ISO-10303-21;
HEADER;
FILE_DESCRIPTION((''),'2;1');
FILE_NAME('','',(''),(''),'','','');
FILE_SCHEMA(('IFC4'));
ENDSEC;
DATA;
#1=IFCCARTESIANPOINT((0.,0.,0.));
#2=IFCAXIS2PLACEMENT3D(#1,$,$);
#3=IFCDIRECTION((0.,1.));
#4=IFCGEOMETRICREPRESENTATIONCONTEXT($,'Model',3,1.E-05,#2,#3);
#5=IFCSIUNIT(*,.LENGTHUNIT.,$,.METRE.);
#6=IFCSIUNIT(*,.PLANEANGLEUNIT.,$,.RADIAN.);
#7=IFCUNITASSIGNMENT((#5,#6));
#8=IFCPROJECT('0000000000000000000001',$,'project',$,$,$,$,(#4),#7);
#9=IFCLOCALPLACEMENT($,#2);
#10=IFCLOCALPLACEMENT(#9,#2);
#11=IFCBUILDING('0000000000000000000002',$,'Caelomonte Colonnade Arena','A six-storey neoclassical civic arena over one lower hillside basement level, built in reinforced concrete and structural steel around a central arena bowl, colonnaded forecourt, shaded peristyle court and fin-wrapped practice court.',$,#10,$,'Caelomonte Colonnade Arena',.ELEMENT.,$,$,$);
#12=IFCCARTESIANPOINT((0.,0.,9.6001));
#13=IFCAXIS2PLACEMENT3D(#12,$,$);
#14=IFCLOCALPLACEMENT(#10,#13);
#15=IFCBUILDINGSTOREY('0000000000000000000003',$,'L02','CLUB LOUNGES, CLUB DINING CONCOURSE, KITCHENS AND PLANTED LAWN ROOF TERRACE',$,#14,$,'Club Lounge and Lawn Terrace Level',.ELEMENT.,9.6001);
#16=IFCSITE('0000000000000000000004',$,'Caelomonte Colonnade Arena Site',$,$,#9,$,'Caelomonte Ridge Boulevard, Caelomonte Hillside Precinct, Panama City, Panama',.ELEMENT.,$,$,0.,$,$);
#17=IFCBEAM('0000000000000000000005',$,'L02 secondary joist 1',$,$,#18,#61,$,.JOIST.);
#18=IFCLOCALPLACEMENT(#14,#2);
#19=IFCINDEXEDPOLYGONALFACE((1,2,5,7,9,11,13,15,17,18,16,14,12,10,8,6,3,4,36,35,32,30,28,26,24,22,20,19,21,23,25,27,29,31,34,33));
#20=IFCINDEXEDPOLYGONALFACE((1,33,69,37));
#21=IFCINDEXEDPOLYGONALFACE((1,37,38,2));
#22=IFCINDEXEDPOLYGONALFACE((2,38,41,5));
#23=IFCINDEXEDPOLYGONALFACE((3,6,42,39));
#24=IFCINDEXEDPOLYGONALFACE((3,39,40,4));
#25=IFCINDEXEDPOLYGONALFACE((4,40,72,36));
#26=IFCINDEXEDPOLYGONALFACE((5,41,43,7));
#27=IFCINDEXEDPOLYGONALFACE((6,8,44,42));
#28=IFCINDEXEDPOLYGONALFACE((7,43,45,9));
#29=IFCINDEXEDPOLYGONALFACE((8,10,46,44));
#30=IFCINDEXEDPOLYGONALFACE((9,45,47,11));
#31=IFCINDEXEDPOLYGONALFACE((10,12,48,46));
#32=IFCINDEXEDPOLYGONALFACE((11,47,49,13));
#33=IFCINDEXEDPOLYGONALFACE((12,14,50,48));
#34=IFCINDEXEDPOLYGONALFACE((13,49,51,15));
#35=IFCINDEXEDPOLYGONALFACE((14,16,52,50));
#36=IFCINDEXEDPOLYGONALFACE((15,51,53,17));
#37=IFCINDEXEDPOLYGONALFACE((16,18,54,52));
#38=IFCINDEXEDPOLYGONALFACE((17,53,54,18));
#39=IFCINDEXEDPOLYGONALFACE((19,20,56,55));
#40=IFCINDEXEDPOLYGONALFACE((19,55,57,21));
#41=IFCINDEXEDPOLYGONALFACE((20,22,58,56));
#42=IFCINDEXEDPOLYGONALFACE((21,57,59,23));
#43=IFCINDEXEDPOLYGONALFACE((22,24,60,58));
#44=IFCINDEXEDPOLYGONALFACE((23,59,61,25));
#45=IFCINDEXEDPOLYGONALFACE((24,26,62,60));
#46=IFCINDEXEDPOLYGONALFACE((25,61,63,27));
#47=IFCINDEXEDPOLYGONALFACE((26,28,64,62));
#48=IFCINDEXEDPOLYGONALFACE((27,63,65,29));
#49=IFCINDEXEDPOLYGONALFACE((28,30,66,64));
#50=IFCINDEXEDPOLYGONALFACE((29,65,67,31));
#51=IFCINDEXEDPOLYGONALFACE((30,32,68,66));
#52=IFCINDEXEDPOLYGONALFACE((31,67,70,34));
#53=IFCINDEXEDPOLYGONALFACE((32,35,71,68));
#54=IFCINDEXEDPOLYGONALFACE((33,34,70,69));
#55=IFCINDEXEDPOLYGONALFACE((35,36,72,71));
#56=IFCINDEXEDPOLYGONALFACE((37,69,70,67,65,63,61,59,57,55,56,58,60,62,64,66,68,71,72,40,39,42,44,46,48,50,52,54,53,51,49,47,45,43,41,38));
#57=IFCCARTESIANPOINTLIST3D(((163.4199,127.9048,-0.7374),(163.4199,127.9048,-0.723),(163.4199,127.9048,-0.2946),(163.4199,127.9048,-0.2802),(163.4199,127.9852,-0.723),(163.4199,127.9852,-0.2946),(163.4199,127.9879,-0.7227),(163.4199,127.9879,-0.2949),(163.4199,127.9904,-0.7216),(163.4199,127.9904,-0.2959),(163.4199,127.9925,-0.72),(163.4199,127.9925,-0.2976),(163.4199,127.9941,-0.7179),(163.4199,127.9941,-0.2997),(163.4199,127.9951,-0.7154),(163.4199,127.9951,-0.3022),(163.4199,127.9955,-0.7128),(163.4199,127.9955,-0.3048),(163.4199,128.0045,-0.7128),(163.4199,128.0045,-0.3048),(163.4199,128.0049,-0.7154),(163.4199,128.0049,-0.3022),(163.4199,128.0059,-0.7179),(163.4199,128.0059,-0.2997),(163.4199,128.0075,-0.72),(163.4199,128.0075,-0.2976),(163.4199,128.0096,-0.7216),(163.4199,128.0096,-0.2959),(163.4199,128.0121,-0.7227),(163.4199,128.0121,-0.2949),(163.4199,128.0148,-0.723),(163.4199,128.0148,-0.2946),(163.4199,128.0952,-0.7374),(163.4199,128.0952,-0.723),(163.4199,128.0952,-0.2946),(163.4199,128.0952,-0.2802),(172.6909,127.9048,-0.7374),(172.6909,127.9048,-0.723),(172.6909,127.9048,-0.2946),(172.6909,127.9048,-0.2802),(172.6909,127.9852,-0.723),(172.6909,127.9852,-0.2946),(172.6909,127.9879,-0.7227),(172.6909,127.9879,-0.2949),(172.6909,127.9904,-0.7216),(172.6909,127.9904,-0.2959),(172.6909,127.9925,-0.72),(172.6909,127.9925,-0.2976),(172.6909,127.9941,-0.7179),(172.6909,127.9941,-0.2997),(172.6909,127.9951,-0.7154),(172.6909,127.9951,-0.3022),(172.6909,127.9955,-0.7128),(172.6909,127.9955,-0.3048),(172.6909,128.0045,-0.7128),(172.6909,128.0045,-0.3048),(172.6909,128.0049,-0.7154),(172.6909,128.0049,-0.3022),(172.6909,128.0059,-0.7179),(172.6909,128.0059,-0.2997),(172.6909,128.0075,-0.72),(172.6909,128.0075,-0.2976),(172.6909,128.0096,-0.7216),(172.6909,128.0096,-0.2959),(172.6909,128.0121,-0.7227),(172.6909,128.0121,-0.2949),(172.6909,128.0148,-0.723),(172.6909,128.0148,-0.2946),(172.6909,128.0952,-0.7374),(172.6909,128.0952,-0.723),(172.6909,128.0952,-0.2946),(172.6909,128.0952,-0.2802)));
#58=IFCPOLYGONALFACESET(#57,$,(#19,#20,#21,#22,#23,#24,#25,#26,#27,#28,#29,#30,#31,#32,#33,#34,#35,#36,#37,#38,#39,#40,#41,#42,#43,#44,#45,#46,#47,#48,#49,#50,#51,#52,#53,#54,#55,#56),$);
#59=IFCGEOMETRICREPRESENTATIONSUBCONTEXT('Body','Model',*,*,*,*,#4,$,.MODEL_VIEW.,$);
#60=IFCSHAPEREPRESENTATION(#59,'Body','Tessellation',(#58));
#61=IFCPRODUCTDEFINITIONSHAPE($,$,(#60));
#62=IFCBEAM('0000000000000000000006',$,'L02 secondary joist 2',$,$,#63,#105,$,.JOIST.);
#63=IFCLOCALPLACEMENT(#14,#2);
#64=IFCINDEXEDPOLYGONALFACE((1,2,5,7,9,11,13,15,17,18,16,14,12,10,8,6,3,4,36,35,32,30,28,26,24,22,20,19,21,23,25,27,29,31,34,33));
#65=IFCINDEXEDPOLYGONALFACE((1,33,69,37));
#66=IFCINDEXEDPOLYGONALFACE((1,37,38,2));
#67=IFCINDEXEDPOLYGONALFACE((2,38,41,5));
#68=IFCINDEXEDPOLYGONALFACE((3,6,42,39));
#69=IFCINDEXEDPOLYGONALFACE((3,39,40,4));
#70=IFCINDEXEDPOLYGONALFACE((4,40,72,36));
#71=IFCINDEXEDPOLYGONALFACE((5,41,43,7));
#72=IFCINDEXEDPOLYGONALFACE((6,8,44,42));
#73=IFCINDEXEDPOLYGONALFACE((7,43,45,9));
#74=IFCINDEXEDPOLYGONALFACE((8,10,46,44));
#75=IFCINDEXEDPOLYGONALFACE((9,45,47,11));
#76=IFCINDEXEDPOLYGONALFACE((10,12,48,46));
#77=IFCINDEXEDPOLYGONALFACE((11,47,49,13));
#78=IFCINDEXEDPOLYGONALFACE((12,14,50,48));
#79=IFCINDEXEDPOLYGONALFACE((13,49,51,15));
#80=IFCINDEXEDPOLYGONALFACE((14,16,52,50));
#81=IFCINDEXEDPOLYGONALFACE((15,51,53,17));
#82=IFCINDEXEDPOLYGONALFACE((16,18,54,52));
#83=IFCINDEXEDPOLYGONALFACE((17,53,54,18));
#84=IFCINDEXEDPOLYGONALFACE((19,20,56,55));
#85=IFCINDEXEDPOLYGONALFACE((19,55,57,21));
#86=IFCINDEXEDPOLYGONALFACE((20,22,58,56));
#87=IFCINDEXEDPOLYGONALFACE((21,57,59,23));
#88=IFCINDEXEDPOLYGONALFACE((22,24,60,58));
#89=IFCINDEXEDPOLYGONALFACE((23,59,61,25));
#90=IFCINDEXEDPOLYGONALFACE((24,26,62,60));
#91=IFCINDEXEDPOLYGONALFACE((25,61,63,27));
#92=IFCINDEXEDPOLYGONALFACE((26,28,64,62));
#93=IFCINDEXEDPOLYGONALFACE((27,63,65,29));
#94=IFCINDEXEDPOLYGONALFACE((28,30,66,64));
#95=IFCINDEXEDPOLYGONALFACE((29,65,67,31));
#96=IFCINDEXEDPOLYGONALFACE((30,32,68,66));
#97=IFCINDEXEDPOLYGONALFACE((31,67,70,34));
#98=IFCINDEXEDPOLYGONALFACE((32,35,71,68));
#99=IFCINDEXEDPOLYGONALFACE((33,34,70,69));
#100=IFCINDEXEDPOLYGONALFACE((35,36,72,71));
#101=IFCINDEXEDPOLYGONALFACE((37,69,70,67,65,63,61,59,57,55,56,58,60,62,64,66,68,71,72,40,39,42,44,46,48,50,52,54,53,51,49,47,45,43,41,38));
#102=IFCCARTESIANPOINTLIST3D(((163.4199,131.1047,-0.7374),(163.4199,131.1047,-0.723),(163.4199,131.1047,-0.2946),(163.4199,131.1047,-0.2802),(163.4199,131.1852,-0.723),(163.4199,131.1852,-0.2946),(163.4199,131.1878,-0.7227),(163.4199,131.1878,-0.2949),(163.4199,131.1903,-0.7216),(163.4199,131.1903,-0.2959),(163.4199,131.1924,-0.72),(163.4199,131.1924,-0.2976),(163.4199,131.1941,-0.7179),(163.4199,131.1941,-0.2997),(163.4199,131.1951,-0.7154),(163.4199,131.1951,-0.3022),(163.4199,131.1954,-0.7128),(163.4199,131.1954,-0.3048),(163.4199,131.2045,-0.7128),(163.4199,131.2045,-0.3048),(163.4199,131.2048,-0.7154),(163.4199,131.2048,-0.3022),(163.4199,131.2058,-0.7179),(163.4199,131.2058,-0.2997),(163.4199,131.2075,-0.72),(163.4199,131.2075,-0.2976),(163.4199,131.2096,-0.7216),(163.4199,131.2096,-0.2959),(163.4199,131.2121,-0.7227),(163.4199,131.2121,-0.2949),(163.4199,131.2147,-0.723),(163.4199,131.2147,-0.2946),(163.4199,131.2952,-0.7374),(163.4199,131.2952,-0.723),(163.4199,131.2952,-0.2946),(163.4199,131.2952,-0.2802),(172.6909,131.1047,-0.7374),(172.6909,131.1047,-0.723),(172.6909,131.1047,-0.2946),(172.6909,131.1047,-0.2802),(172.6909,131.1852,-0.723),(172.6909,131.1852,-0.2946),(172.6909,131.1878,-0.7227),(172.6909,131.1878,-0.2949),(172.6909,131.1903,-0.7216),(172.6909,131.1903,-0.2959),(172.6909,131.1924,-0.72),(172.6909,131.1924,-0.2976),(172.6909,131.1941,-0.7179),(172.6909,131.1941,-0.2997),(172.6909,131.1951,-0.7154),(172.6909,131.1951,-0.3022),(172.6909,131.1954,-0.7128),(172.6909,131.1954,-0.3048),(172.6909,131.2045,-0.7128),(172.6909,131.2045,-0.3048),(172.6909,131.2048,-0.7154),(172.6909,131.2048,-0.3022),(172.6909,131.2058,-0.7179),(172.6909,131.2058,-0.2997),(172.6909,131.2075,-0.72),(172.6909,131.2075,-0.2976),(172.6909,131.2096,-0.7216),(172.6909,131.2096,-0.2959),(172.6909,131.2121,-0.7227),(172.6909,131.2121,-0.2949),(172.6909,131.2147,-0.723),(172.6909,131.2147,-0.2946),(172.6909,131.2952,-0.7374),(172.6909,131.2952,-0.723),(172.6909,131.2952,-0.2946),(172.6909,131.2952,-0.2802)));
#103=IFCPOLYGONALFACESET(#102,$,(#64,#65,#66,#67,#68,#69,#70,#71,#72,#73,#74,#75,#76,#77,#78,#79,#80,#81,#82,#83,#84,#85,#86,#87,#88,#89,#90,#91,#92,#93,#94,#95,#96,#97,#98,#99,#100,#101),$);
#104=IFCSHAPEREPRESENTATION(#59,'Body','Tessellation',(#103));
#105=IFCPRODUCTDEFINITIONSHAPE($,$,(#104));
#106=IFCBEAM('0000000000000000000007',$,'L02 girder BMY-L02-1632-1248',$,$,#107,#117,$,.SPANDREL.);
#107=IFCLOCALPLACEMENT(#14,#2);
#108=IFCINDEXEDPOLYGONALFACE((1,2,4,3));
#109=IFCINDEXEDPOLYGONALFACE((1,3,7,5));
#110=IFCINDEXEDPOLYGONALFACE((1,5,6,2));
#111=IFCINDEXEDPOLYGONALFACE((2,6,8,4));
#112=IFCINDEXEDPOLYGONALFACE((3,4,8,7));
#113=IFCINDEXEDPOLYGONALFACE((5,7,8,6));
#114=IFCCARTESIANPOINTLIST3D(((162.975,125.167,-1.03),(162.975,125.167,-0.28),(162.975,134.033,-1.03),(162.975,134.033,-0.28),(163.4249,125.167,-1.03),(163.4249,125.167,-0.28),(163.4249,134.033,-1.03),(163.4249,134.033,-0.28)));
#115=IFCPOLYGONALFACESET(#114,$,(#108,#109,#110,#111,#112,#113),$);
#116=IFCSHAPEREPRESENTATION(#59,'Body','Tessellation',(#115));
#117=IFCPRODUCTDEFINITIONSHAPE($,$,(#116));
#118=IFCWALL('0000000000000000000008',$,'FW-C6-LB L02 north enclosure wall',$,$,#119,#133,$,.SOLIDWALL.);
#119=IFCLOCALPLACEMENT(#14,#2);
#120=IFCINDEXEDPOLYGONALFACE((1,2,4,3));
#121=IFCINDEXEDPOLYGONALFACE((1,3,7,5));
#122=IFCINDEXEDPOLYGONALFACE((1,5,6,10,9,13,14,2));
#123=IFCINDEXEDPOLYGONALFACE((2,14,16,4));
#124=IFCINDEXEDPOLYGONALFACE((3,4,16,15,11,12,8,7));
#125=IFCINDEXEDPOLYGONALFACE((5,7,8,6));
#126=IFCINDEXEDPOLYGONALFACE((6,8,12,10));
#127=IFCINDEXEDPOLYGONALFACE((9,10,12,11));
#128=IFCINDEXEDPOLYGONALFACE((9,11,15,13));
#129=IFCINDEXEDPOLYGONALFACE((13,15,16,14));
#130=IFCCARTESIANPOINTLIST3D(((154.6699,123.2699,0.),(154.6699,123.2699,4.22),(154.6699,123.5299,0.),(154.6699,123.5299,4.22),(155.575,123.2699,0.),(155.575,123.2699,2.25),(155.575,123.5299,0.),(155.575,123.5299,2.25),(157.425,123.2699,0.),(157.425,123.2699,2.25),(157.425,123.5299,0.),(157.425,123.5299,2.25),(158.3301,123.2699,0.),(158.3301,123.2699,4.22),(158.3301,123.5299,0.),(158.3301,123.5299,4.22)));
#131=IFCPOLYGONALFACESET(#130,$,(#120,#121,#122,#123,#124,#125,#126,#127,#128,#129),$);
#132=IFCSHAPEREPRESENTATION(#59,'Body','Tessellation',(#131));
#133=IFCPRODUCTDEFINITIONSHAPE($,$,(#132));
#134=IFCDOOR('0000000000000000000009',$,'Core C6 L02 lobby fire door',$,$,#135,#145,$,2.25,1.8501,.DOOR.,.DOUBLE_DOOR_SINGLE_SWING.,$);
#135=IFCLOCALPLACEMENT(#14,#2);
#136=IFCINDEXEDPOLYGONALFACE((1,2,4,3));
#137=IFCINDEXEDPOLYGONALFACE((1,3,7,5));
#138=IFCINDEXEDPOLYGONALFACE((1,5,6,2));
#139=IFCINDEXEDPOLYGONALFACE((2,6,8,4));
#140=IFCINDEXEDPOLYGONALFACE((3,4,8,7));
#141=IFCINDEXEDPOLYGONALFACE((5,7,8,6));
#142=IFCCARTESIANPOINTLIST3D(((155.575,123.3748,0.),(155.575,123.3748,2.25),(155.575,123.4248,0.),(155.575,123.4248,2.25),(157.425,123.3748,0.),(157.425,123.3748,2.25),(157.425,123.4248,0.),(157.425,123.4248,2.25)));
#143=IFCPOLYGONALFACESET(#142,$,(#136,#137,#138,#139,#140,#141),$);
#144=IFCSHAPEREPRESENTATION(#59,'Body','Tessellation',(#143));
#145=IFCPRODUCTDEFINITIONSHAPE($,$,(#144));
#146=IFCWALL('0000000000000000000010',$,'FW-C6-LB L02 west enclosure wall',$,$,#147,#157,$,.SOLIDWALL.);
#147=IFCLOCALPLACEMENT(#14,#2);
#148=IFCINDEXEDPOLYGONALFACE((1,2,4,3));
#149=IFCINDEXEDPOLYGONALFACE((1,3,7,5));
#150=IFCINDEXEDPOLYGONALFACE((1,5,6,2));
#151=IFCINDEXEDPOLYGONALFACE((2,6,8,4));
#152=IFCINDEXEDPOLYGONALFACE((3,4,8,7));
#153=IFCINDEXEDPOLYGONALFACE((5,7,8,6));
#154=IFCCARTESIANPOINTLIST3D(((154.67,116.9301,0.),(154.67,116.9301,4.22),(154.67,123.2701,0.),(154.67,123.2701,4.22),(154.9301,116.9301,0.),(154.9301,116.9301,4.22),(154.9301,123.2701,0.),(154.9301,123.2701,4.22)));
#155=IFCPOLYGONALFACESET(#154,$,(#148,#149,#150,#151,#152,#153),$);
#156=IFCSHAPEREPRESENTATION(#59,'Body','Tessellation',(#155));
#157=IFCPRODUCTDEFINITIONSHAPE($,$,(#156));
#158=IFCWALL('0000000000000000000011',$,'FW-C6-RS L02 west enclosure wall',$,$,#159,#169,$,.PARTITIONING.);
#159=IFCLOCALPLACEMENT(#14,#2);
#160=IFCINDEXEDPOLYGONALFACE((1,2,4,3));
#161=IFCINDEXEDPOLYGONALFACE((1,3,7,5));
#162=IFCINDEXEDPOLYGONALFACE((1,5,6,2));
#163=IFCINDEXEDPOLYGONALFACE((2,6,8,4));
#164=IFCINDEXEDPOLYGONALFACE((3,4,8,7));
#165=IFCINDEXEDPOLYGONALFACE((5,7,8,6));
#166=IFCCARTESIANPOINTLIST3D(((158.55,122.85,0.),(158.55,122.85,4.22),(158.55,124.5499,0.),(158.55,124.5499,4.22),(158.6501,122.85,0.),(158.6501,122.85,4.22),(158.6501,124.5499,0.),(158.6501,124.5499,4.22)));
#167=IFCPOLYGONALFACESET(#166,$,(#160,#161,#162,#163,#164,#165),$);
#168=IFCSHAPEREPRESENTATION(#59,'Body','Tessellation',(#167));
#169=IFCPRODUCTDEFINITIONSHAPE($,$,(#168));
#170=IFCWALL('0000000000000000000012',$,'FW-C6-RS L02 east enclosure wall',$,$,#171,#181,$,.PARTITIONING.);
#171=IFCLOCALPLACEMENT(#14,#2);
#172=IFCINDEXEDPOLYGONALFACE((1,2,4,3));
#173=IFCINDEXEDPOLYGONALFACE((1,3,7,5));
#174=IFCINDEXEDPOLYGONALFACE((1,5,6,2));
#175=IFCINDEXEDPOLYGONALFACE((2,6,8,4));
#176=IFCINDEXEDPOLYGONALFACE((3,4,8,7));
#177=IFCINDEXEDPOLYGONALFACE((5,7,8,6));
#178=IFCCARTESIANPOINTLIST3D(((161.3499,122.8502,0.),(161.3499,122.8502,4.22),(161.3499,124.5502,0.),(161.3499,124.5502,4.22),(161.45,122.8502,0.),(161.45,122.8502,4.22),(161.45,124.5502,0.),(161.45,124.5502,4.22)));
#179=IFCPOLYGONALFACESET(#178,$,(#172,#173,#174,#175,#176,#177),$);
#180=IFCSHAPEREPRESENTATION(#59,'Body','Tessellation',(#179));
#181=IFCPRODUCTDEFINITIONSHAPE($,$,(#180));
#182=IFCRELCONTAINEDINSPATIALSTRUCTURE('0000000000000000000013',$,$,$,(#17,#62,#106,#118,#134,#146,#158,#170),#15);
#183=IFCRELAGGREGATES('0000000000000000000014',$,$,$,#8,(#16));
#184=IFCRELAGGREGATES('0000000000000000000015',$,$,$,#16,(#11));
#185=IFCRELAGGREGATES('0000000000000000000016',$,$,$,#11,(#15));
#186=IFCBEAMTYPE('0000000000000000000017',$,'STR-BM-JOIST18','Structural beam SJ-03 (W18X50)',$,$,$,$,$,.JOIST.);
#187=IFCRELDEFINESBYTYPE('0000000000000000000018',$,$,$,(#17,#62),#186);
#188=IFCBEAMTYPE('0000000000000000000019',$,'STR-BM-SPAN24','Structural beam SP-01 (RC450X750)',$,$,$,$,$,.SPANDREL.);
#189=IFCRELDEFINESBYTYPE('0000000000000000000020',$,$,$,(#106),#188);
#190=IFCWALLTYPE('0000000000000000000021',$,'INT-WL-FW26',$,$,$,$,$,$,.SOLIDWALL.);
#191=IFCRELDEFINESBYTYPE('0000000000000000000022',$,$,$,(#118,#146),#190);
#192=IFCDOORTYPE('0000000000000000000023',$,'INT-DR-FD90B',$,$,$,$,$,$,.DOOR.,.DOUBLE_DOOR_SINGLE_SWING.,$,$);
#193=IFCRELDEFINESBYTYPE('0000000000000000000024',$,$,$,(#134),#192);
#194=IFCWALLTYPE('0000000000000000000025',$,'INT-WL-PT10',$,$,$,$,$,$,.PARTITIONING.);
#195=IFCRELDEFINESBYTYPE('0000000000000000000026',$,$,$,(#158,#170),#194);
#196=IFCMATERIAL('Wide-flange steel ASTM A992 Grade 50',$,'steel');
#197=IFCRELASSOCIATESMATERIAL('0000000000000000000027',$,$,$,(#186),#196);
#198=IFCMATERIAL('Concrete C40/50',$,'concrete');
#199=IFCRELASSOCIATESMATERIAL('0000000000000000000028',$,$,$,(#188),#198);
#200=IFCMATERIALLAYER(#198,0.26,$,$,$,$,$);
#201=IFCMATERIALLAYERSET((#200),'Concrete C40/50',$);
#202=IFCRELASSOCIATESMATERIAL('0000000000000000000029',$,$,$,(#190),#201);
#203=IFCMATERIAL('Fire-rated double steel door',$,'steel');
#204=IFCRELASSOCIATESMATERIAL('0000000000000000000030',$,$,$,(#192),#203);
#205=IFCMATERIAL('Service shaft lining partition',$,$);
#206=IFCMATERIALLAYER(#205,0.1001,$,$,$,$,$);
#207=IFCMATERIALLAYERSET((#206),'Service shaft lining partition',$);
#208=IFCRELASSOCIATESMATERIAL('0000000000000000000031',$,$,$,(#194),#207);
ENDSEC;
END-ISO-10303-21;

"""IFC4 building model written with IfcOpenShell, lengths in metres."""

from ifc_helpers import new_model, si_unit, direction, frame, frame_2d, origin, origin_2d, place, context, subcontext, project, spatial, rectangle, i_section, extrude, material, layer, layer_set, material_profile, profile_set, type_object, element, fill, save


model = new_model("IFC4")

# Units and contexts
model_context = context("Model", 3, precision=1e-05, world=origin(), true_north=direction((0.0, 1.0)))
body_context = subcontext(model_context, "Body", "Model", "MODEL_VIEW")
ifc_project = project(units=[si_unit("LENGTHUNIT", "METRE"), si_unit("PLANEANGLEUNIT", "RADIAN")], contexts=[model_context])

# Site, building, storey
site_placement = place(None, origin())
site = spatial("IfcSite", under=ifc_project, at=site_placement, Name="Caelomonte Colonnade Arena Site", LongName="Caelomonte Ridge Boulevard, Caelomonte Hillside Precinct, Panama City, Panama", CompositionType="ELEMENT", RefElevation=0.0)
building_placement = place(site_placement, origin())
building = spatial("IfcBuilding", under=site, at=building_placement, Name="Caelomonte Colonnade Arena", Description="A six-storey neoclassical civic arena over one lower hillside basement level, built in reinforced concrete and structural steel around a central arena bowl, colonnaded forecourt, shaded peristyle court and fin-wrapped practice court.", LongName="Caelomonte Colonnade Arena", CompositionType="ELEMENT")
storey_placement = place(building_placement, frame((0.0, 0.0, 9.6001)))
storey = spatial("IfcBuildingStorey", under=building, at=storey_placement, Name="L02", Description="CLUB LOUNGES, CLUB DINING CONCOURSE, KITCHENS AND PLANTED LAWN ROOF TERRACE", LongName="Club Lounge and Lawn Terrace Level", CompositionType="ELEMENT", Elevation=9.6001)

# Shared definitions
ifc_material_1 = material(Name="Concrete C40/50", Category="concrete")

# Beams
ifc_material_2 = material(Name="Wide-flange steel ASTM A992 Grade 50", Category="steel")
ifc_material_profile_1 = material_profile(ifc_material_2, i_section(OverallWidth=0.1904, OverallDepth=0.4573, WebThickness=0.009, FlangeThickness=0.0144, FilletRadius=0.0103, at=origin_2d()), Name="W18X50")
ifc_profile_set_1 = profile_set([ifc_material_profile_1], Name="Wide-flange steel ASTM A992 Grade 50")
beam_type_1 = type_object("IfcBeamType", Name="STR-BM-JOIST18", Description="Structural beam SJ-03 (W18X50)", PredefinedType="JOIST", material=ifc_profile_set_1)
for number, where, z_axis, x_axis, name in (
    (1, (163.4199, 128.0, -0.5088), (1.0, 0.0, 0.0), (0.0, 1.0, 0.0), "L02 secondary joist 1"),
    (2, (163.4199, 131.2, -0.5088), (1.0, 0.0, 0.0), (0.0, 1.0, 0.0), "L02 secondary joist 2"),
):
    element("IfcBeam", number, at=place(storey_placement, frame(where, z_axis=z_axis, x_axis=x_axis)), inside=storey, type_object=beam_type_1, Name=name, PredefinedType="JOIST", context=body_context, shape_type="SweptSolid", body=[
        extrude(i_section(OverallWidth=0.1904, OverallDepth=0.4573, WebThickness=0.009, FlangeThickness=0.0144, FilletRadius=0.0103, at=origin_2d()), origin(), (0.0, 0.0, 1.0), 9.271),
    ])
ifc_material_profile_2 = material_profile(ifc_material_1, rectangle(XDim=0.45, YDim=0.75, at=origin_2d()), Name="RC450X750")
ifc_profile_set_2 = profile_set([ifc_material_profile_2], Name="Concrete C40/50")
beam_type_2 = type_object("IfcBeamType", Name="STR-BM-SPAN24", Description="Structural beam SP-01 (RC450X750)", PredefinedType="SPANDREL", material=ifc_profile_set_2)
beam_1_placement = place(storey_placement, frame((163.2, 125.167, -0.655), z_axis=(0.0, 1.0, 0.0), x_axis=(-1.0, 0.0, 0.0)))
element("IfcBeam", 3, at=beam_1_placement, inside=storey, type_object=beam_type_2, Name="L02 girder BMY-L02-1632-1248", PredefinedType="SPANDREL", context=body_context, shape_type="SweptSolid", body=[
    extrude(rectangle(XDim=0.45, YDim=0.75, at=origin_2d()), origin(), (0.0, 0.0, 1.0), 8.866),
])

# Wall, opening, door
ifc_layer_1 = layer(ifc_material_1, 0.26)
ifc_layer_set_1 = layer_set([ifc_layer_1], Name="Concrete C40/50")
wall_type_1 = type_object("IfcWallType", Name="INT-WL-FW26", PredefinedType="SOLIDWALL", material=ifc_layer_set_1)
wall_1_placement = place(storey_placement, frame((158.3301, 123.3999, 0.0), z_axis=(0.0, 0.0, 1.0), x_axis=(-1.0, 0.0, 0.0)))
wall_1 = element("IfcWall", 4, at=wall_1_placement, inside=storey, type_object=wall_type_1, Name="FW-C6-LB L02 north enclosure wall", PredefinedType="SOLIDWALL", context=body_context, shape_type="SweptSolid", body=[
    extrude(rectangle(XDim=3.6602, YDim=0.26, at=frame_2d((1.8301, 0.0))), origin(), (0.0, 0.0, 1.0), 4.22),
])
opening_1_placement = place(wall_1_placement, frame((2.7551, 0.0, 0.0), z_axis=(0.0, 0.0, 1.0), x_axis=(-1.0, 0.0, 0.0)))
opening_1 = element("IfcOpeningElement", 5, at=opening_1_placement, cuts=wall_1, PredefinedType="OPENING", context=body_context, shape_type="SweptSolid", body=[
    extrude(rectangle(XDim=1.8501, YDim=2.25, at=frame_2d((0.925, 1.125))), frame((0.0, 0.1399, 0.0), z_axis=(0.0, -1.0, 0.0), x_axis=(1.0, 0.0, 0.0)), (0.0, 0.0, 1.0), 0.28),
])
ifc_material_3 = material(Name="Fire-rated double steel door", Category="steel")
door_type_1 = type_object("IfcDoorType", Name="INT-DR-FD90B", OperationType="DOUBLE_DOOR_SINGLE_SWING", PredefinedType="DOOR", material=ifc_material_3)
door_1_placement = place(opening_1_placement, origin())
door_1 = element("IfcDoor", 6, at=door_1_placement, inside=storey, type_object=door_type_1, Name="Core C6 L02 lobby fire door", OperationType="DOUBLE_DOOR_SINGLE_SWING", OverallHeight=2.25, OverallWidth=1.8501, PredefinedType="DOOR", context=body_context, shape_type="SweptSolid", body=[
    extrude(rectangle(XDim=1.8501, YDim=2.25, at=frame_2d((0.925, 1.125))), frame((0.0, 0.0249, 0.0), z_axis=(0.0, -1.0, 0.0), x_axis=(1.0, 0.0, 0.0)), (0.0, 0.0, 1.0), 0.05),
])
fill(opening_1, door_1)

# Walls
wall_2_placement = place(storey_placement, frame((154.8, 123.27, 0.0), z_axis=(0.0, 0.0, 1.0), x_axis=(0.0, -1.0, 0.0)))
element("IfcWall", 7, at=wall_2_placement, inside=storey, type_object=wall_type_1, Name="FW-C6-LB L02 west enclosure wall", PredefinedType="SOLIDWALL", context=body_context, shape_type="SweptSolid", body=[
    extrude(rectangle(XDim=6.3401, YDim=0.26, at=frame_2d((3.1699, 0.0))), origin(), (0.0, 0.0, 1.0), 4.22),
])
ifc_material_4 = material(Name="Service shaft lining partition")
ifc_layer_2 = layer(ifc_material_4, 0.1001)
ifc_layer_set_2 = layer_set([ifc_layer_2], Name="Service shaft lining partition")
wall_type_2 = type_object("IfcWallType", Name="INT-WL-PT10", PredefinedType="PARTITIONING", material=ifc_layer_set_2)
for number, where, z_axis, x_axis, name in (
    (8, (158.6001, 124.55, 0.0), (0.0, 0.0, 1.0), (0.0, -1.0, 0.0), "FW-C6-RS L02 west enclosure wall"),
    (9, (161.3999, 122.8501, 0.0), (0.0, 0.0, 1.0), (0.0, 1.0, 0.0), "FW-C6-RS L02 east enclosure wall"),
):
    element("IfcWall", number, at=place(storey_placement, frame(where, z_axis=z_axis, x_axis=x_axis)), inside=storey, type_object=wall_type_2, Name=name, PredefinedType="PARTITIONING", context=body_context, shape_type="SweptSolid", body=[
        extrude(rectangle(XDim=1.7, YDim=0.1001, at=frame_2d((0.8501, 0.0))), origin(), (0.0, 0.0, 1.0), 4.22),
    ])

save(model, "model.ifc")
